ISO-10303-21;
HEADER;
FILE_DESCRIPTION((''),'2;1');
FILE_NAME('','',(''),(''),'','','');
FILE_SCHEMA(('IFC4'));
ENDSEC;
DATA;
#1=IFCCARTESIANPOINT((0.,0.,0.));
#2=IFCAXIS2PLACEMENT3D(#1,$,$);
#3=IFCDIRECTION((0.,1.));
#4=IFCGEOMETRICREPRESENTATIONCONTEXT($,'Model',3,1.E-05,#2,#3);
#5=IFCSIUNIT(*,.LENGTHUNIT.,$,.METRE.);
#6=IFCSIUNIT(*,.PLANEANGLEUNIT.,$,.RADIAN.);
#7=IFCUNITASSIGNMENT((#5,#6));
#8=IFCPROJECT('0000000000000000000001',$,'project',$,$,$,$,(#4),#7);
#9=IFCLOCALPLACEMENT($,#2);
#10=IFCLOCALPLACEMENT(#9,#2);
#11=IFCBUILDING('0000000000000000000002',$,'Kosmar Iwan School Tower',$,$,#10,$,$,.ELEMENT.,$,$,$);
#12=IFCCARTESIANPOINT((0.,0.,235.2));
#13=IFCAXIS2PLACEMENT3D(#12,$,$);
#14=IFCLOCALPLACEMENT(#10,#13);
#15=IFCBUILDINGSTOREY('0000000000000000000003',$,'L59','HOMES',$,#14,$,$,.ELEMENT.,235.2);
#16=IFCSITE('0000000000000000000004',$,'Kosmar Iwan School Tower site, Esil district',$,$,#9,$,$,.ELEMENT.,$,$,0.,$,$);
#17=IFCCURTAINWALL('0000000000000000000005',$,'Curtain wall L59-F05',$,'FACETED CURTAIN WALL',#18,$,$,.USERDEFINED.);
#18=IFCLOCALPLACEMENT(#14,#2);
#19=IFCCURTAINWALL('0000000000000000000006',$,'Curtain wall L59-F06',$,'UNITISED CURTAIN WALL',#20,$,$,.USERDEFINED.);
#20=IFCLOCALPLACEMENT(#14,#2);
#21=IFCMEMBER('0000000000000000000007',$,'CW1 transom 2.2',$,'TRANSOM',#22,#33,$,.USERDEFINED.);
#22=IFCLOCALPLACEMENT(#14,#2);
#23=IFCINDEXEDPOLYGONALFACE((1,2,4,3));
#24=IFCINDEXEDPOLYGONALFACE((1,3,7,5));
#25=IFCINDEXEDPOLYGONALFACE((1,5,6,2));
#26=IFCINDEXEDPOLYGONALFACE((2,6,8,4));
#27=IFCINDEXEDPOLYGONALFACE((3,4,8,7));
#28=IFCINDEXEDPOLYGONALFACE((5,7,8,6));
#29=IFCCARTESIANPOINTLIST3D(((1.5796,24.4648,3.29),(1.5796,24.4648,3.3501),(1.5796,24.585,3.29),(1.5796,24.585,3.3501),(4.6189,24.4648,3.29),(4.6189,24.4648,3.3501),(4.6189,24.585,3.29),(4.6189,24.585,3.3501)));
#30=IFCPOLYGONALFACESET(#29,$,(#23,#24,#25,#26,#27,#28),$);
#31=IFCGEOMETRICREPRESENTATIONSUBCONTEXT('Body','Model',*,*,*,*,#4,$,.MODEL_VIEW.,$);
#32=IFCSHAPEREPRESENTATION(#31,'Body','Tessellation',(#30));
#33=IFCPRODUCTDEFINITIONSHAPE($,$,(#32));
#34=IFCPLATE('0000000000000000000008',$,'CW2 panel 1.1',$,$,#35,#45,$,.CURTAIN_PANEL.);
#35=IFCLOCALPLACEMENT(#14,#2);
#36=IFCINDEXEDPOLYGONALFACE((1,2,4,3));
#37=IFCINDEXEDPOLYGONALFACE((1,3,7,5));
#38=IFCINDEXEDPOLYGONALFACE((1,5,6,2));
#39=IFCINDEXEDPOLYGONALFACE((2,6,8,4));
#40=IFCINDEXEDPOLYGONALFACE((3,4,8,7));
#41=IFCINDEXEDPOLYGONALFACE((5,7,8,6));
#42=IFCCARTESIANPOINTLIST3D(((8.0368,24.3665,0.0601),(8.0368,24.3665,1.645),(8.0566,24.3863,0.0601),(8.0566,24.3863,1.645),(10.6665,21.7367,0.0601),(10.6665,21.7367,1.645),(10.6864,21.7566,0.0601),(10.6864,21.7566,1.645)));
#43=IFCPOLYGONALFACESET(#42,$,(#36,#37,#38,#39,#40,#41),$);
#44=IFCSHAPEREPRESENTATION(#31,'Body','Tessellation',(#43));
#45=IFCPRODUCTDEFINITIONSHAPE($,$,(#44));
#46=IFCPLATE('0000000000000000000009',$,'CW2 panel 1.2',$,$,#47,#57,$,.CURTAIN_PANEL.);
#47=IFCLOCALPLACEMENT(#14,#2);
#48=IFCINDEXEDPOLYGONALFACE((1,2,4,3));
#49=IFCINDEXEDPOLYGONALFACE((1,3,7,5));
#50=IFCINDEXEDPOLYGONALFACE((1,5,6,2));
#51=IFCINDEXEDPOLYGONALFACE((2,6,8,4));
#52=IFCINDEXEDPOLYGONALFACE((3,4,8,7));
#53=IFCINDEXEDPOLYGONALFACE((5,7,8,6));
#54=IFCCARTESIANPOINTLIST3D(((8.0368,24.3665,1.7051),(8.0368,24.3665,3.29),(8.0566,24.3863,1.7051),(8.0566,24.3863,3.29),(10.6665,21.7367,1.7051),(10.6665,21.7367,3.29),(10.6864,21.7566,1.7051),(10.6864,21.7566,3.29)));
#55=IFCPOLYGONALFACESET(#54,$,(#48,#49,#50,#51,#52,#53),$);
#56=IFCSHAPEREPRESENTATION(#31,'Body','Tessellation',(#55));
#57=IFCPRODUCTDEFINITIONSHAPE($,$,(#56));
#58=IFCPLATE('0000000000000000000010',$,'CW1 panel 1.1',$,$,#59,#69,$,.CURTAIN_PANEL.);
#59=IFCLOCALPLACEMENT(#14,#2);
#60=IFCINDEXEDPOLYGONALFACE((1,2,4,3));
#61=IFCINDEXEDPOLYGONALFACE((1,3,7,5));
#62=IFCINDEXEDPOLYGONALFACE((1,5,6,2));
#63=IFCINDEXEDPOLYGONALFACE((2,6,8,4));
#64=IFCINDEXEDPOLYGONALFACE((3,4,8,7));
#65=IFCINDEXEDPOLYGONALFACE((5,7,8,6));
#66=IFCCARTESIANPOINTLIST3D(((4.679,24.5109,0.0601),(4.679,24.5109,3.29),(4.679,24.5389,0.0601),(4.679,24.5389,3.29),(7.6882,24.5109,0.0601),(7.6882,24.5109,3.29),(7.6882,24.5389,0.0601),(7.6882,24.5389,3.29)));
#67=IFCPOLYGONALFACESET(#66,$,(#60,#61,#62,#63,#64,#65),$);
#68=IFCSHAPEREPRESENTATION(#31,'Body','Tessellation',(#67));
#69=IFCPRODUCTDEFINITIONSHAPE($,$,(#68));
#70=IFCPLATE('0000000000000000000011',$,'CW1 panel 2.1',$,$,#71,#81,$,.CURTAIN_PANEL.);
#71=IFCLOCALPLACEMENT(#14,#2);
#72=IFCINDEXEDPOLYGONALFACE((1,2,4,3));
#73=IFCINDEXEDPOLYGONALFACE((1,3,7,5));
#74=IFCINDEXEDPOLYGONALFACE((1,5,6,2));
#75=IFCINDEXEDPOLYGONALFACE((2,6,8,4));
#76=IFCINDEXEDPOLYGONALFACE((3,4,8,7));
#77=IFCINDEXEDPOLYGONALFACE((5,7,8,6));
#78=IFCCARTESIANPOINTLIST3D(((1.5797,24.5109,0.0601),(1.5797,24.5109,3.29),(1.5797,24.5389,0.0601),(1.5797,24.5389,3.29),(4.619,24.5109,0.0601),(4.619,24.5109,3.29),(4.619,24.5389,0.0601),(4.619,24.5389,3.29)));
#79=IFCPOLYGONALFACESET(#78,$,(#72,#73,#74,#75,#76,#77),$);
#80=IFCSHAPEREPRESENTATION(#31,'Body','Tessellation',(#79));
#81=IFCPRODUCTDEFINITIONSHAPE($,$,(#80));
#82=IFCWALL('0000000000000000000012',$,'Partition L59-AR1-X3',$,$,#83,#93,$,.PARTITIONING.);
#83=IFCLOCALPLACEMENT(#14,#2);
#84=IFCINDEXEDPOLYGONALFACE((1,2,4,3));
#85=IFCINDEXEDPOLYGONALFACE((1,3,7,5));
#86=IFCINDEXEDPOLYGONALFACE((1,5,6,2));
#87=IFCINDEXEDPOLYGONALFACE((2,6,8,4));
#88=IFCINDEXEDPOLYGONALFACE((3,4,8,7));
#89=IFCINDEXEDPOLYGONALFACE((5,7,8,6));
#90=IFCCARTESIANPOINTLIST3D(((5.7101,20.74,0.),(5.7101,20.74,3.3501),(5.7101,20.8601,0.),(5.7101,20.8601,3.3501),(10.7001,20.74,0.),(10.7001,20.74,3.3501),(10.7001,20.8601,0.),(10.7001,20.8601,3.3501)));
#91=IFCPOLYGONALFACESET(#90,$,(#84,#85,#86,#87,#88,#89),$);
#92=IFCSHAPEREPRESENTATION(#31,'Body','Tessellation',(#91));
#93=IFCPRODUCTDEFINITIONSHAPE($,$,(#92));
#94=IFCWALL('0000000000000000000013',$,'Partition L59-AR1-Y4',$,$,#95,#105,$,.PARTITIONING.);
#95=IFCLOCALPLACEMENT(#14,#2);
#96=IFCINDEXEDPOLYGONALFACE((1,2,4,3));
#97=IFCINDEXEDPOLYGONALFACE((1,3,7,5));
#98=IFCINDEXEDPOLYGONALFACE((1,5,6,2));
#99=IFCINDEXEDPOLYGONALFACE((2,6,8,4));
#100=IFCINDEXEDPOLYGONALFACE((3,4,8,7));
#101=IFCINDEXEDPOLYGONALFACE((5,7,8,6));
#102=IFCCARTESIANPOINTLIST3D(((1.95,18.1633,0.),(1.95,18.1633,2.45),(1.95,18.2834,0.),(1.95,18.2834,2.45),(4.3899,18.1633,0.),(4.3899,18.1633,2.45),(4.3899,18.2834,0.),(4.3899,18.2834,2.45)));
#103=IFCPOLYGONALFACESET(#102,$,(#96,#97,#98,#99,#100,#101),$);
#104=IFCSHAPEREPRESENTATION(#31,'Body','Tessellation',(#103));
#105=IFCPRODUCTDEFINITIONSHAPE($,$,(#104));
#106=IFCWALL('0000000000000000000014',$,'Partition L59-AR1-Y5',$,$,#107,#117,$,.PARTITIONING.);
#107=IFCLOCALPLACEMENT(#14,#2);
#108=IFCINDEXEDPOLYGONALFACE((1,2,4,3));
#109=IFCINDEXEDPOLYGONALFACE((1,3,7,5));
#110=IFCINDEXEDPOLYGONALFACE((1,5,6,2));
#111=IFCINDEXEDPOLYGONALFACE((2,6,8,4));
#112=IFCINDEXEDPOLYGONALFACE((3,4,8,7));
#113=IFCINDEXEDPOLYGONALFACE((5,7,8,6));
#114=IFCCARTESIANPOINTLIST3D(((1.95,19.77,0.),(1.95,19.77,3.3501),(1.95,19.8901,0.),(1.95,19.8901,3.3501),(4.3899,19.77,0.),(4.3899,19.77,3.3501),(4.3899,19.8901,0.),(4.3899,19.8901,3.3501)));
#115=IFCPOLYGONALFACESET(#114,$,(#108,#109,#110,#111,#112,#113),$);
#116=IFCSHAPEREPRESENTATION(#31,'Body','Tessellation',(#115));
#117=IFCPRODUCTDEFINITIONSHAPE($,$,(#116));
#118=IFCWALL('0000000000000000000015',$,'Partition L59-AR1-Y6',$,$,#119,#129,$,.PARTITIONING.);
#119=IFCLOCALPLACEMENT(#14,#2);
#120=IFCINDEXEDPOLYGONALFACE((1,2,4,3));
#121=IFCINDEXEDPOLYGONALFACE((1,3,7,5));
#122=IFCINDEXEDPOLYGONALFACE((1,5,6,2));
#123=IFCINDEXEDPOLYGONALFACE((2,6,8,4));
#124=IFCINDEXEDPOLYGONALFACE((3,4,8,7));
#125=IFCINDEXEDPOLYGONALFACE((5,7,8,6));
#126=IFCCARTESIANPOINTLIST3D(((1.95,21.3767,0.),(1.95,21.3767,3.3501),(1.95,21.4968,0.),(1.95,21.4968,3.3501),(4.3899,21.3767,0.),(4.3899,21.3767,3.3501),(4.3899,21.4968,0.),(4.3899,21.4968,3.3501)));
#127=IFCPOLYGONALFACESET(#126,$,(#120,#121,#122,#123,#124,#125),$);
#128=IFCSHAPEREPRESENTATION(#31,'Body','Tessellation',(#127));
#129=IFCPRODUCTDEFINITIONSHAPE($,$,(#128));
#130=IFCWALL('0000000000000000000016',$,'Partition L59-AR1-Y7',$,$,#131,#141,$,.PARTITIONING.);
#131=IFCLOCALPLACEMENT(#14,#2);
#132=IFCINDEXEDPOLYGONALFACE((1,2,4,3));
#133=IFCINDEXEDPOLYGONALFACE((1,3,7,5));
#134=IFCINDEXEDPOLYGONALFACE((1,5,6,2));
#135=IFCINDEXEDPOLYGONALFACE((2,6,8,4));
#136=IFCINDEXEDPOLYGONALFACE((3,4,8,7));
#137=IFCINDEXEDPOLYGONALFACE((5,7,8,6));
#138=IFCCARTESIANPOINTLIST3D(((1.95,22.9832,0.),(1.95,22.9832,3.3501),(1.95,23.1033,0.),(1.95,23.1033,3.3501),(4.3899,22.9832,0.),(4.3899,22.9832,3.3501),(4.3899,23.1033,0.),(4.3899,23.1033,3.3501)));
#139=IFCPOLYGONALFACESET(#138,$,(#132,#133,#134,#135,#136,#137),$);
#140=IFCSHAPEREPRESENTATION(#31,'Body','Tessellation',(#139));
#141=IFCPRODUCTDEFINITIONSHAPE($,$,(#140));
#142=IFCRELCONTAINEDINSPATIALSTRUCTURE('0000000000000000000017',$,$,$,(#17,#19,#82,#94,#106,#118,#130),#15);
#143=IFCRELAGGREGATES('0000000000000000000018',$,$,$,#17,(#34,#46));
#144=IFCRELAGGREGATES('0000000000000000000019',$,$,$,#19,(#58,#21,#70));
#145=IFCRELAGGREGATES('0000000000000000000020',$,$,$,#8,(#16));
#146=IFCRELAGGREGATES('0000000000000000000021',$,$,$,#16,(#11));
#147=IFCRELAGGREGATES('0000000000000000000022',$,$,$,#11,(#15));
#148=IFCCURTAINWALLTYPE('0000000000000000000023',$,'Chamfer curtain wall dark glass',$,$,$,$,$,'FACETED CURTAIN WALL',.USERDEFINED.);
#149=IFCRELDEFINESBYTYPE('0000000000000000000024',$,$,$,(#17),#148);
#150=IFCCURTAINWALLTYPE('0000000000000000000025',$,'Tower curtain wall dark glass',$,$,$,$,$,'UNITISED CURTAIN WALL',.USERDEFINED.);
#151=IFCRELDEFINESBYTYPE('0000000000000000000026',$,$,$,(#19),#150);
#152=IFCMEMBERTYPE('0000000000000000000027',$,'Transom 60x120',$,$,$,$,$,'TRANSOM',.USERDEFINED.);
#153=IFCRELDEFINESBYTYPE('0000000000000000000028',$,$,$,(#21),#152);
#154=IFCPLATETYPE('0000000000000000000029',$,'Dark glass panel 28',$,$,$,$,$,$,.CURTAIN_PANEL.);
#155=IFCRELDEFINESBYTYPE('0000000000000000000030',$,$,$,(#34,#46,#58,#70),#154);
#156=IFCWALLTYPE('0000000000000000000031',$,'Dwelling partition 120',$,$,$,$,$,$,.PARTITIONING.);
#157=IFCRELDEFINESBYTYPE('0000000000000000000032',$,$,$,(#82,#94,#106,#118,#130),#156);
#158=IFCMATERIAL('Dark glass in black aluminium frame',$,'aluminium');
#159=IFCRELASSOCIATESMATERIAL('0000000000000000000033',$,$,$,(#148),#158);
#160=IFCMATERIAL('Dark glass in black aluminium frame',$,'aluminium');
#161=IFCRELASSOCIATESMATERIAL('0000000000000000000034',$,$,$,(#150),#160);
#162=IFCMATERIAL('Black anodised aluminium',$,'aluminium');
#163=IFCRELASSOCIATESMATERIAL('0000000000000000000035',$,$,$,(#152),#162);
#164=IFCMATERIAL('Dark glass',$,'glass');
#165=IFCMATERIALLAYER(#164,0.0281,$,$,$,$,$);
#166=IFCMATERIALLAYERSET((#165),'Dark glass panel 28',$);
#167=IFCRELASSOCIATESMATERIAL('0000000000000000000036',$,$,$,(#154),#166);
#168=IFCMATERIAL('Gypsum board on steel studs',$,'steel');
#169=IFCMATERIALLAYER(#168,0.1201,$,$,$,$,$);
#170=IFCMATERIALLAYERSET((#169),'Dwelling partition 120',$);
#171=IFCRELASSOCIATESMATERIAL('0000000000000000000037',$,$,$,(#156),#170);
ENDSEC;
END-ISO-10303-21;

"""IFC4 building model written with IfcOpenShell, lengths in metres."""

from ifc_helpers import new_model, si_unit, direction, frame, frame_2d, origin, origin_2d, place, context, subcontext, project, spatial, rectangle, extrude, material, layer, layer_set, material_profile, profile_set, type_object, element, aggregate, save


model = new_model("IFC4")

# Units and contexts
model_context = context("Model", 3, precision=1e-05, world=origin(), true_north=direction((0.0, 1.0)))
body_context = subcontext(model_context, "Body", "Model", "MODEL_VIEW")
ifc_project = project(units=[si_unit("LENGTHUNIT", "METRE"), si_unit("PLANEANGLEUNIT", "RADIAN")], contexts=[model_context])

# Site, building, storey
site_placement = place(None, origin())
site = spatial("IfcSite", under=ifc_project, at=site_placement, Name="Kosmar Iwan School Tower site, Esil district", CompositionType="ELEMENT", RefElevation=0.0)
building_placement = place(site_placement, origin())
building = spatial("IfcBuilding", under=site, at=building_placement, Name="Kosmar Iwan School Tower", CompositionType="ELEMENT")
storey_placement = place(building_placement, frame((0.0, 0.0, 235.2)))
storey = spatial("IfcBuildingStorey", under=building, at=storey_placement, Name="L59", Description="HOMES", CompositionType="ELEMENT", Elevation=235.2)

# Curtain walls
ifc_material_1 = material(Name="Dark glass in black aluminium frame", Category="aluminium")
curtain_wall_type_1 = type_object("IfcCurtainWallType", Name="Chamfer curtain wall dark glass", ElementType="FACETED CURTAIN WALL", PredefinedType="USERDEFINED", material=ifc_material_1)
curtain_wall_1_placement = place(storey_placement, origin())
curtain_wall_1 = element("IfcCurtainWall", 1, at=curtain_wall_1_placement, inside=storey, type_object=curtain_wall_type_1, Name="Curtain wall L59-F05", ObjectType="FACETED CURTAIN WALL", PredefinedType="USERDEFINED")
ifc_material_2 = material(Name="Dark glass in black aluminium frame", Category="aluminium")
curtain_wall_type_2 = type_object("IfcCurtainWallType", Name="Tower curtain wall dark glass", ElementType="UNITISED CURTAIN WALL", PredefinedType="USERDEFINED", material=ifc_material_2)
curtain_wall_2_placement = place(storey_placement, origin())
curtain_wall_2 = element("IfcCurtainWall", 2, at=curtain_wall_2_placement, inside=storey, type_object=curtain_wall_type_2, Name="Curtain wall L59-F06", ObjectType="UNITISED CURTAIN WALL", PredefinedType="USERDEFINED")

# Member
ifc_material_3 = material(Name="Black anodised aluminium", Category="aluminium")
ifc_material_profile_1 = material_profile(ifc_material_3, rectangle(XDim=0.1201, YDim=0.0601, at=origin_2d()), Name="TRANSOM 60x120")
ifc_profile_set_1 = profile_set([ifc_material_profile_1], Name="Black anodised aluminium")
member_type_1 = type_object("IfcMemberType", Name="Transom 60x120", ElementType="TRANSOM", PredefinedType="USERDEFINED", material=ifc_profile_set_1)
member_1_placement = place(storey_placement, frame((4.6189, 24.5249, 3.3201), z_axis=(-1.0, 0.0, 0.0), x_axis=(0.0, -1.0, 0.0)))
member_1 = element("IfcMember", 3, at=member_1_placement, type_object=member_type_1, Name="CW1 transom 2.2", ObjectType="TRANSOM", PredefinedType="USERDEFINED", context=body_context, shape_type="SweptSolid", body=[
    extrude(rectangle(XDim=0.1201, YDim=0.0601, at=origin_2d()), origin(), (0.0, 0.0, 1.0), 3.0393),
])

# Plates
ifc_material_4 = material(Name="Dark glass", Category="glass")
ifc_layer_1 = layer(ifc_material_4, 0.0281)
ifc_layer_set_1 = layer_set([ifc_layer_1], Name="Dark glass panel 28")
plate_type = type_object("IfcPlateType", Name="Dark glass panel 28", PredefinedType="CURTAIN_PANEL", material=ifc_layer_set_1)
plate_1_placement = place(storey_placement, frame((9.3616, 23.0615, 0.0601), z_axis=(0.0, 0.0, 1.0), x_axis=(-0.707107, 0.707107, 0.0)))
plate_1 = element("IfcPlate", 4, at=plate_1_placement, type_object=plate_type, Name="CW2 panel 1.1", PredefinedType="CURTAIN_PANEL", context=body_context, shape_type="SweptSolid", body=[
    extrude(rectangle(XDim=3.719, YDim=0.0281, at=origin_2d()), origin(), (0.0, 0.0, 1.0), 1.585),
])
plate_2_placement = place(storey_placement, frame((9.3616, 23.0615, 1.7051), z_axis=(0.0, 0.0, 1.0), x_axis=(-0.707107, 0.707107, 0.0)))
plate_2 = element("IfcPlate", 5, at=plate_2_placement, type_object=plate_type, Name="CW2 panel 1.2", PredefinedType="CURTAIN_PANEL", context=body_context, shape_type="SweptSolid", body=[
    extrude(rectangle(XDim=3.719, YDim=0.0281, at=origin_2d()), origin(), (0.0, 0.0, 1.0), 1.585),
])
aggregate(curtain_wall_1, [plate_1, plate_2])
plate_3_placement = place(storey_placement, frame((6.1836, 24.5249, 0.0601), z_axis=(0.0, 0.0, 1.0), x_axis=(-1.0, 0.0, 0.0)))
plate_3 = element("IfcPlate", 6, at=plate_3_placement, type_object=plate_type, Name="CW1 panel 1.1", PredefinedType="CURTAIN_PANEL", context=body_context, shape_type="SweptSolid", body=[
    extrude(rectangle(XDim=3.0093, YDim=0.0281, at=origin_2d()), origin(), (0.0, 0.0, 1.0), 3.23),
])
plate_4_placement = place(storey_placement, frame((3.0994, 24.5249, 0.0601), z_axis=(0.0, 0.0, 1.0), x_axis=(-1.0, 0.0, 0.0)))
plate_4 = element("IfcPlate", 7, at=plate_4_placement, type_object=plate_type, Name="CW1 panel 2.1", PredefinedType="CURTAIN_PANEL", context=body_context, shape_type="SweptSolid", body=[
    extrude(rectangle(XDim=3.0393, YDim=0.0281, at=origin_2d()), origin(), (0.0, 0.0, 1.0), 3.23),
])
aggregate(curtain_wall_2, [plate_3, member_1, plate_4])

# Walls
ifc_material_5 = material(Name="Gypsum board on steel studs", Category="steel")
ifc_layer_2 = layer(ifc_material_5, 0.1201)
ifc_layer_set_2 = layer_set([ifc_layer_2], Name="Dwelling partition 120")
wall_type = type_object("IfcWallType", Name="Dwelling partition 120", PredefinedType="PARTITIONING", material=ifc_layer_set_2)
wall_1_placement = place(storey_placement, frame((5.71, 20.8, 0.0), z_axis=(0.0, 0.0, 1.0), x_axis=(1.0, 0.0, 0.0)))
element("IfcWall", 8, at=wall_1_placement, inside=storey, type_object=wall_type, Name="Partition L59-AR1-X3", PredefinedType="PARTITIONING", context=body_context, shape_type="SweptSolid", body=[
    extrude(rectangle(XDim=4.99, YDim=0.1201, at=frame_2d((2.4951, 0.0))), origin(), (0.0, 0.0, 1.0), 3.3501),
])
wall_2_placement = place(storey_placement, frame((1.95, 18.2234, 0.0), z_axis=(0.0, 0.0, 1.0), x_axis=(1.0, 0.0, 0.0)))
element("IfcWall", 9, at=wall_2_placement, inside=storey, type_object=wall_type, Name="Partition L59-AR1-Y4", PredefinedType="PARTITIONING", context=body_context, shape_type="SweptSolid", body=[
    extrude(rectangle(XDim=2.4399, YDim=0.1201, at=frame_2d((1.22, 0.0))), origin(), (0.0, 0.0, 1.0), 2.45),
])
for number, where, z_axis, x_axis, name in (
    (10, (1.95, 19.8301, 0.0), (0.0, 0.0, 1.0), (1.0, 0.0, 0.0), "Partition L59-AR1-Y5"),
    (11, (1.95, 21.4368, 0.0), (0.0, 0.0, 1.0), (1.0, 0.0, 0.0), "Partition L59-AR1-Y6"),
    (12, (1.95, 23.0432, 0.0), (0.0, 0.0, 1.0), (1.0, 0.0, 0.0), "Partition L59-AR1-Y7"),
):
    element("IfcWall", number, at=place(storey_placement, frame(where, z_axis=z_axis, x_axis=x_axis)), inside=storey, type_object=wall_type, Name=name, PredefinedType="PARTITIONING", context=body_context, shape_type="SweptSolid", body=[
        extrude(rectangle(XDim=2.4399, YDim=0.1201, at=frame_2d((1.22, 0.0))), origin(), (0.0, 0.0, 1.0), 3.3501),
    ])

save(model, "model.ifc")
